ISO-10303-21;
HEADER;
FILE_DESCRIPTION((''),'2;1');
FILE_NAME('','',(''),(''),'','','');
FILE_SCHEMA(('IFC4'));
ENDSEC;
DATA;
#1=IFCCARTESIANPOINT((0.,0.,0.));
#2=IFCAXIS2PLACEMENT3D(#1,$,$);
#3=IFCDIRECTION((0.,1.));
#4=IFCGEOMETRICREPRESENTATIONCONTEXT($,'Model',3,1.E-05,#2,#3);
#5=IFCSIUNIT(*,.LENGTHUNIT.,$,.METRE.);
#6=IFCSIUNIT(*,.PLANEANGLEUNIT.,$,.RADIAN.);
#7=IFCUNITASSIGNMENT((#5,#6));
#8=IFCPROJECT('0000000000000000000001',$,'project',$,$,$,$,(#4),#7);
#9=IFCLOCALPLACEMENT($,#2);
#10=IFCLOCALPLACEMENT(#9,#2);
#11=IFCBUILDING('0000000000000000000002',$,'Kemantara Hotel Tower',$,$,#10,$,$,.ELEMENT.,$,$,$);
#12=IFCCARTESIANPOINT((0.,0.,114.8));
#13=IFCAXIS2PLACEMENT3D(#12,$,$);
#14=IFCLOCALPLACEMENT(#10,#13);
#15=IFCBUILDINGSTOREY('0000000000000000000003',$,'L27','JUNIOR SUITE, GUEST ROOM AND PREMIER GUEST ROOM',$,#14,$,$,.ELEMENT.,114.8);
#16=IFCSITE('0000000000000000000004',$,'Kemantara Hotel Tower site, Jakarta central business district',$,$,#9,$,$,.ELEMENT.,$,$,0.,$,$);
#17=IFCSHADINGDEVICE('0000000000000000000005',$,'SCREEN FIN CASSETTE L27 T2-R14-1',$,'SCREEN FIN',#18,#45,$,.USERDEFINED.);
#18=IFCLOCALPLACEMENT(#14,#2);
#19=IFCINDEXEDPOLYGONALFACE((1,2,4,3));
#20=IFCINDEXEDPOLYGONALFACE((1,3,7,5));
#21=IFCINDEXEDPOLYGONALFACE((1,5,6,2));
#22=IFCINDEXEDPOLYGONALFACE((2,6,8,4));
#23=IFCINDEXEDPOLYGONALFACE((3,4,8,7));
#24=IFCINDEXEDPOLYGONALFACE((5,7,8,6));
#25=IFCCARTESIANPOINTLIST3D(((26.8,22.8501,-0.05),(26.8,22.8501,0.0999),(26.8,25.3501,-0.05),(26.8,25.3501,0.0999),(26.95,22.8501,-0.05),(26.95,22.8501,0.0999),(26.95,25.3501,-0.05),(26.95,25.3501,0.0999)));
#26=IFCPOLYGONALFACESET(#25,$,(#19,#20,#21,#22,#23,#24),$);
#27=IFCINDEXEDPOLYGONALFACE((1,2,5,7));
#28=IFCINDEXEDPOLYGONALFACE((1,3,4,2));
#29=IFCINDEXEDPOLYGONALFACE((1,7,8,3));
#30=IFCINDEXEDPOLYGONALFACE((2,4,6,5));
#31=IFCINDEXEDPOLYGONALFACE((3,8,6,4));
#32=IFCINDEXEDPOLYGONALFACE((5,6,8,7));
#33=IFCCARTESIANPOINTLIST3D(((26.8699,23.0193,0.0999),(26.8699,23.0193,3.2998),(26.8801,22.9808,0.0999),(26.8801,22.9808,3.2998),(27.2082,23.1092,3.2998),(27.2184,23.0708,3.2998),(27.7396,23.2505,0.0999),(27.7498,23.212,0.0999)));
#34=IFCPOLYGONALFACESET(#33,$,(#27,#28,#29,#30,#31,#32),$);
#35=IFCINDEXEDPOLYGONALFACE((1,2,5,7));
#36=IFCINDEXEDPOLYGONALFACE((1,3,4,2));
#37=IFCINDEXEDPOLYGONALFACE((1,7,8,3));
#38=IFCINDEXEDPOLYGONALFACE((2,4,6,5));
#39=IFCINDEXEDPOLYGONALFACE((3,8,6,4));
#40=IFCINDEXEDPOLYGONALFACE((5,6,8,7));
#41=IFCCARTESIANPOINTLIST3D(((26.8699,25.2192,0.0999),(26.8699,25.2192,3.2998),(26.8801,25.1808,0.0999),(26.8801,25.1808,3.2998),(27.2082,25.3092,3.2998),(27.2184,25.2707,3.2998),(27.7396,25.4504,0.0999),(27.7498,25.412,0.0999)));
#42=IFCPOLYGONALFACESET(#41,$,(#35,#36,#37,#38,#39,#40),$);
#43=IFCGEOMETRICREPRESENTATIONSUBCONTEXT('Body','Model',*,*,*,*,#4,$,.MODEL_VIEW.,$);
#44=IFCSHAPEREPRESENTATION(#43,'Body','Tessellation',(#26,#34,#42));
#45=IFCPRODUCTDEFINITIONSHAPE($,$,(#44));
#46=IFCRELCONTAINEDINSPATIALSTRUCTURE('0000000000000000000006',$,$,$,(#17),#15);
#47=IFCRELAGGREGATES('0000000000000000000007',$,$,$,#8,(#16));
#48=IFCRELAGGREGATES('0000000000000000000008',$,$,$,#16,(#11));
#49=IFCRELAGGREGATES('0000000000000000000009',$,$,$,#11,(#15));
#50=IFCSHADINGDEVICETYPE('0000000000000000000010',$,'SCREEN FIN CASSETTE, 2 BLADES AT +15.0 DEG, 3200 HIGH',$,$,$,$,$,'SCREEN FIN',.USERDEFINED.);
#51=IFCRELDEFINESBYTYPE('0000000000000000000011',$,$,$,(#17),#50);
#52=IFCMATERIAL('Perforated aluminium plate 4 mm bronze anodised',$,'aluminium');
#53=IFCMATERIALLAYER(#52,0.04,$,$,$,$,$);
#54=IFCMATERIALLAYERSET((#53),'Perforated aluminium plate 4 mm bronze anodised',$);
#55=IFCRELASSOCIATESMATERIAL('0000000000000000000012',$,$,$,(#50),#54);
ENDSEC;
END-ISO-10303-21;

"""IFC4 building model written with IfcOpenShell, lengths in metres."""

from ifc_helpers import new_model, si_unit, direction, frame, origin, origin_2d, place, context, subcontext, project, spatial, polyline, rectangle, outline, extrude, source, transform, mapped, material, layer, layer_set, type_object, element, save


model = new_model("IFC4")

# Units and contexts
model_context = context("Model", 3, precision=1e-05, world=origin(), true_north=direction((0.0, 1.0)))
body_context = subcontext(model_context, "Body", "Model", "MODEL_VIEW")
ifc_project = project(units=[si_unit("LENGTHUNIT", "METRE"), si_unit("PLANEANGLEUNIT", "RADIAN")], contexts=[model_context])

# Site, building, storey
site_placement = place(None, origin())
site = spatial("IfcSite", under=ifc_project, at=site_placement, Name="Kemantara Hotel Tower site, Jakarta central business district", CompositionType="ELEMENT", RefElevation=0.0)
building_placement = place(site_placement, origin())
building = spatial("IfcBuilding", under=site, at=building_placement, Name="Kemantara Hotel Tower", CompositionType="ELEMENT")
storey_placement = place(building_placement, frame((0.0, 0.0, 114.8)))
storey = spatial("IfcBuildingStorey", under=building, at=storey_placement, Name="L27", Description="JUNIOR SUITE, GUEST ROOM AND PREMIER GUEST ROOM", CompositionType="ELEMENT", Elevation=114.8)

# Shading device
ifc_material_1 = material(Name="Perforated aluminium plate 4 mm bronze anodised", Category="aluminium")
ifc_layer_1 = layer(ifc_material_1, 0.04)
ifc_layer_set_1 = layer_set([ifc_layer_1], Name="Perforated aluminium plate 4 mm bronze anodised")
shading_device_type_1 = type_object("IfcShadingDeviceType", Name="SCREEN FIN CASSETTE, 2 BLADES AT +15.0 DEG, 3200 HIGH", ElementType="SCREEN FIN", PredefinedType="USERDEFINED", material=ifc_layer_set_1)
shared_shape_1 = source(origin(), body_context, "Body", "SweptSolid", [
    extrude(rectangle(XDim=2.5, YDim=0.1499, at=origin_2d()), frame((1.1001, -0.075, -0.1499), z_axis=(0.0, 0.0, 1.0), x_axis=(1.0, 0.0, 0.0)), (0.0, 0.0, 1.0), 0.1499),
    extrude(outline(polyline([(0.0, 0.0), (0.8999, 0.0), (0.3501, 3.2), (0.0, 3.2), (0.0, 0.0)])), frame((0.0193, -0.0698, 0.0), z_axis=(-0.966438, -0.256901, 0.0), x_axis=(0.256901, -0.966438, 0.0)), (0.0, 0.0, 1.0), 0.0398),
    extrude(outline(polyline([(0.0, 0.0), (0.8999, 0.0), (0.3501, 3.2), (0.0, 3.2), (0.0, 0.0)])), frame((2.2192, -0.0698, 0.0), z_axis=(-0.966438, -0.256901, 0.0), x_axis=(0.256901, -0.966438, 0.0)), (0.0, 0.0, 1.0), 0.0398),
])
shading_device_1_placement = place(storey_placement, frame((26.8, 23.0, 0.0999), z_axis=(0.0, 0.0, 1.0), x_axis=(0.0, 1.0, 0.0)))
element("IfcShadingDevice", 1, at=shading_device_1_placement, inside=storey, type_object=shading_device_type_1, Name="SCREEN FIN CASSETTE L27 T2-R14-1", ObjectType="SCREEN FIN", PredefinedType="USERDEFINED", context=body_context, shape_type="MappedRepresentation", body=[
    mapped(shared_shape_1, transform((0.0, 0.0, 0.0))),
])

save(model, "model.ifc")
